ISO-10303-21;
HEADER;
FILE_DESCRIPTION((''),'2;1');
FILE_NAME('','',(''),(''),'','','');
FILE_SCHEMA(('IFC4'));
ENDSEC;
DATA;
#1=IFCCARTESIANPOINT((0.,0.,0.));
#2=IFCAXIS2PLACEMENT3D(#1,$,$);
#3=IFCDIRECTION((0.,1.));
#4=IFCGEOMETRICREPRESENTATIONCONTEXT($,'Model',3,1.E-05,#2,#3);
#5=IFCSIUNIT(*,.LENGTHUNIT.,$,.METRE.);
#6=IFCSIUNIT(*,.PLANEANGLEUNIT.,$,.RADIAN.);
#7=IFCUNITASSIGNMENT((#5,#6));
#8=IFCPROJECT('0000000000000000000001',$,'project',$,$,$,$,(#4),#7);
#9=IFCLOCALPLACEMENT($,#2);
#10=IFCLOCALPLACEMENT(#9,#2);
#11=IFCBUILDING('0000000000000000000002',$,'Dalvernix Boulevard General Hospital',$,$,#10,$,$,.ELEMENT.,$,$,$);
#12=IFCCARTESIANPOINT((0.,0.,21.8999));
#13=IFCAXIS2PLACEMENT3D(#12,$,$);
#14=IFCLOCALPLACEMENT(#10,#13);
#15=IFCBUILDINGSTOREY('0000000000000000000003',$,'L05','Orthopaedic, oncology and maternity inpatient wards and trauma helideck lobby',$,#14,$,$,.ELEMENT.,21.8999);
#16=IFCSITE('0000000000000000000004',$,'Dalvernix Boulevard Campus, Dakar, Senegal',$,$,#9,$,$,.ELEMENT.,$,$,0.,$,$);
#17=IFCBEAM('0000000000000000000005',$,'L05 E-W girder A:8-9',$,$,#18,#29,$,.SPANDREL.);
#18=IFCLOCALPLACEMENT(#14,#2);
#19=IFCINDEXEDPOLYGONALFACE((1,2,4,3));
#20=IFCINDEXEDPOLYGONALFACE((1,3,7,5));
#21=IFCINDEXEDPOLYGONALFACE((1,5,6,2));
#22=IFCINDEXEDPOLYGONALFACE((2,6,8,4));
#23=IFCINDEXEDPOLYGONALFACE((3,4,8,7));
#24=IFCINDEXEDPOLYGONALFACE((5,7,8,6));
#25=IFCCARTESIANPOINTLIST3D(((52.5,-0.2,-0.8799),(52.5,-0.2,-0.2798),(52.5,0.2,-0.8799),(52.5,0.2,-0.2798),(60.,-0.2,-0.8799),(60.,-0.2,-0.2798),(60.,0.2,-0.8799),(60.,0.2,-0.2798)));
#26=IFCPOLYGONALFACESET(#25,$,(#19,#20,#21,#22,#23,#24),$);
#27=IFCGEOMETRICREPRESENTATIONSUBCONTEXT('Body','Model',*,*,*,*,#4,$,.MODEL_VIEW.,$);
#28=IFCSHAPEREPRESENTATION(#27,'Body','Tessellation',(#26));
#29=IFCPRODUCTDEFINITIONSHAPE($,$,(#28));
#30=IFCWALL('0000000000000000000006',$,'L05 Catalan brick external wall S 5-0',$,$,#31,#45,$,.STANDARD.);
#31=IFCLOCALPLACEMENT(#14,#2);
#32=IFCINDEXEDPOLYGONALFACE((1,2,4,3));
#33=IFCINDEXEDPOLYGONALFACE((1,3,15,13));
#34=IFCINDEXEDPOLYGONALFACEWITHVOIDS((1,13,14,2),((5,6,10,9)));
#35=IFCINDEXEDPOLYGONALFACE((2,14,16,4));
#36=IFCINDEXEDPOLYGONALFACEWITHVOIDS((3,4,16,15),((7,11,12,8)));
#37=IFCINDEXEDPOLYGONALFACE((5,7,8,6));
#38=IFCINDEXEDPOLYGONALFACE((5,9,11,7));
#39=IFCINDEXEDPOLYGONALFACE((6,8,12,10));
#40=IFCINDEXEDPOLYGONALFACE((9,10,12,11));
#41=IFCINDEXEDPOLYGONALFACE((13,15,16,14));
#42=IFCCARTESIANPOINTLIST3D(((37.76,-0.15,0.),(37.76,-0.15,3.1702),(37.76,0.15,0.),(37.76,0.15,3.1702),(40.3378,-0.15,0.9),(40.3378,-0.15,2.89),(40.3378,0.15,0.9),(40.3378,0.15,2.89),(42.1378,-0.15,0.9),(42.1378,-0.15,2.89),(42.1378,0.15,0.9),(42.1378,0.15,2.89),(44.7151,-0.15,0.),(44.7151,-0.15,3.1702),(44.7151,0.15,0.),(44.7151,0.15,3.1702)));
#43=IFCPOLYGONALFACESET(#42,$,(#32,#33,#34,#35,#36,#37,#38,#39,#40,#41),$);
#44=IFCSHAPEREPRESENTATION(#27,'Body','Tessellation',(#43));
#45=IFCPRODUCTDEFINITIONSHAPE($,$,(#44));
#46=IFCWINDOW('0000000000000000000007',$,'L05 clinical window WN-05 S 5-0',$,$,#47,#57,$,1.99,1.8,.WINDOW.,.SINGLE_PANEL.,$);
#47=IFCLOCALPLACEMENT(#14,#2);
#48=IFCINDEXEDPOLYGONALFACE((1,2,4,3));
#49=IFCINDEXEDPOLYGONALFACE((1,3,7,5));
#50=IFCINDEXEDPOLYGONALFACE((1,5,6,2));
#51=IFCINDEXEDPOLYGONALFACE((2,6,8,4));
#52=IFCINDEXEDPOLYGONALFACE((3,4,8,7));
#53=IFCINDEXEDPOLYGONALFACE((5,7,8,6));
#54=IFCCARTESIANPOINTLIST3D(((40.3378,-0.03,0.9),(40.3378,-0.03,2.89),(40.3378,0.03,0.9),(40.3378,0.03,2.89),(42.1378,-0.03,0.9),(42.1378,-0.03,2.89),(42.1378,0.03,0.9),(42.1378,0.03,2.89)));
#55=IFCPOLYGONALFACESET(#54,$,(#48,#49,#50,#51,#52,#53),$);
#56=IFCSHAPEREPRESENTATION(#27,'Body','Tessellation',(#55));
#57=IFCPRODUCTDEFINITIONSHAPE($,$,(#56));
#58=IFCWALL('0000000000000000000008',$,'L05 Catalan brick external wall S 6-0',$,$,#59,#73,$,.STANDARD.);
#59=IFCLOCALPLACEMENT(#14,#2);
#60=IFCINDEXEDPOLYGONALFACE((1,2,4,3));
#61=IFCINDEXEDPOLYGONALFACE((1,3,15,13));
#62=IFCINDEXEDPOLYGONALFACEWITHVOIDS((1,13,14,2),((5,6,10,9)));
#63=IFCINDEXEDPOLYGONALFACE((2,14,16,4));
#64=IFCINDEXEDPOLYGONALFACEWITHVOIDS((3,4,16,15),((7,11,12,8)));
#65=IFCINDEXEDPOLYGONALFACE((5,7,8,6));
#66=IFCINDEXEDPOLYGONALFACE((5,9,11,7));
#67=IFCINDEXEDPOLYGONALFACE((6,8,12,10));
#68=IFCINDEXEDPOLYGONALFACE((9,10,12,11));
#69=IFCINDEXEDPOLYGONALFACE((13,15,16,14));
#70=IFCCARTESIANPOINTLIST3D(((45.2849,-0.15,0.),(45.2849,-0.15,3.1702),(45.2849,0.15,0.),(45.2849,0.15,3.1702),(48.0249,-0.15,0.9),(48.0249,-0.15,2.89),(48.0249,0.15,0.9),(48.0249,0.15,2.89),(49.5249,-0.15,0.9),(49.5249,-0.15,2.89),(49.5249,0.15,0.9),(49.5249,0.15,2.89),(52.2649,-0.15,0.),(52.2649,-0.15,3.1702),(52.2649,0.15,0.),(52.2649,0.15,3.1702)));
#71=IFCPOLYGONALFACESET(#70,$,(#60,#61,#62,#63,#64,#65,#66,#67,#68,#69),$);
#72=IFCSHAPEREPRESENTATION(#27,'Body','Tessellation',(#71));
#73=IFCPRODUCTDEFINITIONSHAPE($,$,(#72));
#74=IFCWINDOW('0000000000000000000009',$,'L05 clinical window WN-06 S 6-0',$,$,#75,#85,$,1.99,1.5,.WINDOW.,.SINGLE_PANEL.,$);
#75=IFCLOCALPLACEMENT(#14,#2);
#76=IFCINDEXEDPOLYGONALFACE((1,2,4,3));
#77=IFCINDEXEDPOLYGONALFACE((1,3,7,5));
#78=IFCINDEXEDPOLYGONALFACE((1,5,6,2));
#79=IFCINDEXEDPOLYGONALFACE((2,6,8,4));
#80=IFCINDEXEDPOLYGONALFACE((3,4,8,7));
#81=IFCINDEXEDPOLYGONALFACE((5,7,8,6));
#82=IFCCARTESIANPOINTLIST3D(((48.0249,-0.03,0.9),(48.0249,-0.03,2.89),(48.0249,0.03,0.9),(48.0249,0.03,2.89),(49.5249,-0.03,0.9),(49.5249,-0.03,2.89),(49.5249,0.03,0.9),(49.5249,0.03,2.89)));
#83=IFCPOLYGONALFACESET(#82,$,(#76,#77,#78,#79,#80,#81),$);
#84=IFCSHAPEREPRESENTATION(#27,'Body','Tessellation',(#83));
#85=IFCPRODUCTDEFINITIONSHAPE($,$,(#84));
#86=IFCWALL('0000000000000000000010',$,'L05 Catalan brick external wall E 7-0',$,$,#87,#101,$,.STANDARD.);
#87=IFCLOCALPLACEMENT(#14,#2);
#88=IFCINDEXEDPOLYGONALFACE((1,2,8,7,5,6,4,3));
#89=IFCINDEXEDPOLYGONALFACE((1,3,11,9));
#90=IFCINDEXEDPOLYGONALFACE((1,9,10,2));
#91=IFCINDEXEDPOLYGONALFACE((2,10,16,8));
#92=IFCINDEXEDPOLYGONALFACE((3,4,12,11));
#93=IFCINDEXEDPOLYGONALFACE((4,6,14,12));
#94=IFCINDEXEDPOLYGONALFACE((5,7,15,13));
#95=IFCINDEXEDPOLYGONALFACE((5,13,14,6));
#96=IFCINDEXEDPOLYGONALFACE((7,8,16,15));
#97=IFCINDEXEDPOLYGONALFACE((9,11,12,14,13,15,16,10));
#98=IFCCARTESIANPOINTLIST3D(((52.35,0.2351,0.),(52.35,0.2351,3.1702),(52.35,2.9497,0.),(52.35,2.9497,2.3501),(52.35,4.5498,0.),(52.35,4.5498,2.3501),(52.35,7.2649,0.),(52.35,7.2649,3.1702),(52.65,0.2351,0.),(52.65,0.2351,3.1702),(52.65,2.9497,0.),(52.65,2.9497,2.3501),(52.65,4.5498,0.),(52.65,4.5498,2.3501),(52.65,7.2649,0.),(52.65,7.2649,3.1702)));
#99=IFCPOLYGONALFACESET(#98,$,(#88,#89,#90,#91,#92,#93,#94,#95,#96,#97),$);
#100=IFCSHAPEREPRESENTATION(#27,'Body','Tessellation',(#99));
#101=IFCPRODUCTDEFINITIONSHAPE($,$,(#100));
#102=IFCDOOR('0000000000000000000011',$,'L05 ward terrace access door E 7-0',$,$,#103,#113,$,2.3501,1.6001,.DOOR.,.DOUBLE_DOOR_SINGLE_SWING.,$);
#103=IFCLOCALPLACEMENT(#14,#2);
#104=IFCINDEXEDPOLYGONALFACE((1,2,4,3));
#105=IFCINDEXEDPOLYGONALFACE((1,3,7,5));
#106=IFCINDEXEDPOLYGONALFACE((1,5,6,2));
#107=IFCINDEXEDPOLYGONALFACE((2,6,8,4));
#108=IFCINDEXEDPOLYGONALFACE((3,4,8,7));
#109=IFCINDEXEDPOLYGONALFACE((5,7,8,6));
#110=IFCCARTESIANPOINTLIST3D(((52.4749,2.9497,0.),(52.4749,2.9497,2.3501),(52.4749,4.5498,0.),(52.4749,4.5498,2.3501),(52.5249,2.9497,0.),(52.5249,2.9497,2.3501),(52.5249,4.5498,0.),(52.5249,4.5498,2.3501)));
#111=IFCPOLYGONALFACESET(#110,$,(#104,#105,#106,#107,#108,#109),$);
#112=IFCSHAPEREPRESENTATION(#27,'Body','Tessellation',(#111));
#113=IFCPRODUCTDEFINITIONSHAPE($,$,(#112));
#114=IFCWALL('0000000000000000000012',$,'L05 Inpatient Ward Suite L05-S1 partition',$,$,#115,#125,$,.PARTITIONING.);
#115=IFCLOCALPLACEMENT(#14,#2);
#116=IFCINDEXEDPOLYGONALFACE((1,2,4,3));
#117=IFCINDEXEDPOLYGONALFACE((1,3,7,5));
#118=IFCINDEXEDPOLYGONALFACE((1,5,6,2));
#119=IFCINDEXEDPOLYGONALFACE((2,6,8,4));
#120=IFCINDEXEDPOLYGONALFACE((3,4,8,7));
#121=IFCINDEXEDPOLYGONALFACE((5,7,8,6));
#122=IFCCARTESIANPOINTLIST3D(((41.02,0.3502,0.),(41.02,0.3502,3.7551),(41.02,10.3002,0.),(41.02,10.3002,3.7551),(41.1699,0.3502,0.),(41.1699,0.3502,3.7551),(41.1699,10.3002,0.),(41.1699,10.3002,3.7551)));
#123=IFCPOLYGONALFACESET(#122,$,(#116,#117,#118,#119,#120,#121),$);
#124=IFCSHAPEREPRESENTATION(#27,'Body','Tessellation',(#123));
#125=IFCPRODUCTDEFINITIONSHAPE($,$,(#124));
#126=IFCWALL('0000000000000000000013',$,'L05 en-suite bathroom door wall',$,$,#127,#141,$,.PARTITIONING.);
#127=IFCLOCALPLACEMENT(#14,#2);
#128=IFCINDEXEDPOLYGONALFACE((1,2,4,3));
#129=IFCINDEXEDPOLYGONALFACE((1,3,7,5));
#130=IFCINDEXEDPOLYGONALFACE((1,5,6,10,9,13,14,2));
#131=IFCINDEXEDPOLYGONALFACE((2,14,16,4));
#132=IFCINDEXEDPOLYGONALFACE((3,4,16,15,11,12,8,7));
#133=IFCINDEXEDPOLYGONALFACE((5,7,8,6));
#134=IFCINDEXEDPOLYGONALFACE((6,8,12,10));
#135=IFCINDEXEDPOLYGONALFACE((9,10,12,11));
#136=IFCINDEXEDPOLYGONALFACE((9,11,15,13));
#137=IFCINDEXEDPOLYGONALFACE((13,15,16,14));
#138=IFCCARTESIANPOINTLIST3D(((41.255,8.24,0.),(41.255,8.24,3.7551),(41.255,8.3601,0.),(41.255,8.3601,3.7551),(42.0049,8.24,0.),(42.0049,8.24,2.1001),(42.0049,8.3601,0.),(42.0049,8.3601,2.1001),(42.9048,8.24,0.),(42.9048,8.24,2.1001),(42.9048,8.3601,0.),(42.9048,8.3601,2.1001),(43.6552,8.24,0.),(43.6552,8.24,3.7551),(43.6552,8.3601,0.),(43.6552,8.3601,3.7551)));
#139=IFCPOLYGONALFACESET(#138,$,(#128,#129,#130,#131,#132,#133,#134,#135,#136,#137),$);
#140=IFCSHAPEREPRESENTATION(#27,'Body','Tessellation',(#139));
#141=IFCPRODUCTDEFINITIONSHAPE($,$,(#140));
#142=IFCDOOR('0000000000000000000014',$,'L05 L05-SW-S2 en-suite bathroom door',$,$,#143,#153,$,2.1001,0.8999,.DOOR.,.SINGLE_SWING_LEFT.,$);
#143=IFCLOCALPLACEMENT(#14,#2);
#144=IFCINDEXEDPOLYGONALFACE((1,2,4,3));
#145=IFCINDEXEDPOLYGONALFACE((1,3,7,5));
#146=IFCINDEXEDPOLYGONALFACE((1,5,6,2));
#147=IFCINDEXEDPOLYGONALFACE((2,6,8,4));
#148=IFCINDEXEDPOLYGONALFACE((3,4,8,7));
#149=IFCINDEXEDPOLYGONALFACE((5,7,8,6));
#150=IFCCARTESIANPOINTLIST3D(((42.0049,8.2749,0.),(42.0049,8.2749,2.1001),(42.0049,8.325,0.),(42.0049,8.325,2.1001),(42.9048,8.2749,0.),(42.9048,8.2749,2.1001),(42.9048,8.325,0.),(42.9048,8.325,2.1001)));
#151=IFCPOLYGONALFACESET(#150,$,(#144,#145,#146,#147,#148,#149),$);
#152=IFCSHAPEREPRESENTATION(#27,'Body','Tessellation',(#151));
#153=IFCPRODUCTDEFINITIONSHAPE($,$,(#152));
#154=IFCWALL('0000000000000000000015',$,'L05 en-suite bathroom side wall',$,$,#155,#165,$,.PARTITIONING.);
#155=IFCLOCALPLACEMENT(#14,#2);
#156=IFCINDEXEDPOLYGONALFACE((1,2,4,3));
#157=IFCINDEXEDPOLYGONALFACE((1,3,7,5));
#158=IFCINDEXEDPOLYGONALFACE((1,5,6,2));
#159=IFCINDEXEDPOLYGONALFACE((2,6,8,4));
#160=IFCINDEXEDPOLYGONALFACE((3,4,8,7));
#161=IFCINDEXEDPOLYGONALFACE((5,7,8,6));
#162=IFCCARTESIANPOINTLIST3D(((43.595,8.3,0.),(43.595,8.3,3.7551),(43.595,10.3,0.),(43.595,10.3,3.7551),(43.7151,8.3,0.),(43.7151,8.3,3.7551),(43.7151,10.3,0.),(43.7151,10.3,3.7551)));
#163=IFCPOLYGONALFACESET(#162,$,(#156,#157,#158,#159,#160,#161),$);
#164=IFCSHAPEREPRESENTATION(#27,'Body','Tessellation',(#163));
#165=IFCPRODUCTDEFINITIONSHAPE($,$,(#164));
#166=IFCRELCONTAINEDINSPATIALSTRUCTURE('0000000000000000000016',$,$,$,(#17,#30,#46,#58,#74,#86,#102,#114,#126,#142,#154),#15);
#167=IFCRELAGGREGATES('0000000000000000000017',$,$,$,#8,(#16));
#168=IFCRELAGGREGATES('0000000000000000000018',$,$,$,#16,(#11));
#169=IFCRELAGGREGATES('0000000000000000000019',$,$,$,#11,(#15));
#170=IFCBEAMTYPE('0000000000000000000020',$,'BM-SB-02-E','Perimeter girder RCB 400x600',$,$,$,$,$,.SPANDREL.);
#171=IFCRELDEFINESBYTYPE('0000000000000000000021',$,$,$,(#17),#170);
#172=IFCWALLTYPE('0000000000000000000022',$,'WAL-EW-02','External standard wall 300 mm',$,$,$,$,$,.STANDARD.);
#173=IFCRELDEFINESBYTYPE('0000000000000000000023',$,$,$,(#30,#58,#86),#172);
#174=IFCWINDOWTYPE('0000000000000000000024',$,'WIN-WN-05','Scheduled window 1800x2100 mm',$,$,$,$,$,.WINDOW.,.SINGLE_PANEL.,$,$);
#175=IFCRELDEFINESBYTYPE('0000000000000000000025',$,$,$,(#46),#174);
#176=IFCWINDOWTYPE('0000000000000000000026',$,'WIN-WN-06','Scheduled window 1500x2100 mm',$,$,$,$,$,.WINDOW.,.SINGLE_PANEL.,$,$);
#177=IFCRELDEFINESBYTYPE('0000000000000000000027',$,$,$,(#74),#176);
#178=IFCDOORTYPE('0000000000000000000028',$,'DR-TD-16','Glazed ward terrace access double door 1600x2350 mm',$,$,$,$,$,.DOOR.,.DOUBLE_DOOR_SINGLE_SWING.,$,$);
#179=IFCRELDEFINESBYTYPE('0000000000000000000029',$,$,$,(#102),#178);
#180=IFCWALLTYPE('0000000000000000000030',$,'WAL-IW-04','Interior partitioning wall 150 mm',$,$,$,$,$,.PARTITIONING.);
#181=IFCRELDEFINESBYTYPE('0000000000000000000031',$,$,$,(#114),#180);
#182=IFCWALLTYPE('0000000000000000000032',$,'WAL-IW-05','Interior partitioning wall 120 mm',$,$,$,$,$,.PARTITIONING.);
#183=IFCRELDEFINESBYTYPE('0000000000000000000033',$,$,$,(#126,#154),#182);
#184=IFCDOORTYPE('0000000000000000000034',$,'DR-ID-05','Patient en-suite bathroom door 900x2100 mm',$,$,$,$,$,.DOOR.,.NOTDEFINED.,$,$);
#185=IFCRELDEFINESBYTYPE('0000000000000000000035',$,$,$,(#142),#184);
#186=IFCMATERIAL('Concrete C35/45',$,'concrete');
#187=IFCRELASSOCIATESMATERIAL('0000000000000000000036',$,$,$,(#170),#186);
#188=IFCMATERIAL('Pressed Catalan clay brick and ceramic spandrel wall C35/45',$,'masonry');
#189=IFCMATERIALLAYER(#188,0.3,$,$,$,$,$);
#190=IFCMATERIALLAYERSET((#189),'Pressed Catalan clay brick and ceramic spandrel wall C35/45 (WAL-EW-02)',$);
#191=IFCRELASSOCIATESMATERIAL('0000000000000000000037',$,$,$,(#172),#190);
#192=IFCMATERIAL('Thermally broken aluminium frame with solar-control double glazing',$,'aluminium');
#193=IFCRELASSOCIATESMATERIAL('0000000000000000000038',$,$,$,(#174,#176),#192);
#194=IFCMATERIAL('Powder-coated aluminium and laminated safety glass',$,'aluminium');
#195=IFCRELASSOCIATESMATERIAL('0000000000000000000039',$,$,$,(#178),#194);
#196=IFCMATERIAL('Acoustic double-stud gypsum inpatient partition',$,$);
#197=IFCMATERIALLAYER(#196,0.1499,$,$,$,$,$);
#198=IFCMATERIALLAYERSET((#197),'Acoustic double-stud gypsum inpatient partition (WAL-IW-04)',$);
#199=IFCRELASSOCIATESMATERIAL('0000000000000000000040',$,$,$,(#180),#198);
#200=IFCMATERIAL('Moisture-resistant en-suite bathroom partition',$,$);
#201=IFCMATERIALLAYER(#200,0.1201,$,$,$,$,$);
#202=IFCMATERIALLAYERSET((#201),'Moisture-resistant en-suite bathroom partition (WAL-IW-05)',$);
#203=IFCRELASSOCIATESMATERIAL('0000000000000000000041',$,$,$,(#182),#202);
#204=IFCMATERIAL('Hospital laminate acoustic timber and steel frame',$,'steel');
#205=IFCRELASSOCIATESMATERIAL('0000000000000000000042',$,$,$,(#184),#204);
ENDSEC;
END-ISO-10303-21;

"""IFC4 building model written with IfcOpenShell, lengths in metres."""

from ifc_helpers import new_model, si_unit, direction, frame, frame_2d, origin, origin_2d, place, context, subcontext, project, spatial, rectangle, extrude, material, layer, layer_set, material_profile, profile_set, type_object, element, fill, save


model = new_model("IFC4")

# Units and contexts
model_context = context("Model", 3, precision=1e-05, world=origin(), true_north=direction((0.0, 1.0)))
body_context = subcontext(model_context, "Body", "Model", "MODEL_VIEW")
ifc_project = project(units=[si_unit("LENGTHUNIT", "METRE"), si_unit("PLANEANGLEUNIT", "RADIAN")], contexts=[model_context])

# Site, building, storey
site_placement = place(None, origin())
site = spatial("IfcSite", under=ifc_project, at=site_placement, Name="Dalvernix Boulevard Campus, Dakar, Senegal", CompositionType="ELEMENT", RefElevation=0.0)
building_placement = place(site_placement, origin())
building = spatial("IfcBuilding", under=site, at=building_placement, Name="Dalvernix Boulevard General Hospital", CompositionType="ELEMENT")
storey_placement = place(building_placement, frame((0.0, 0.0, 21.8999)))
storey = spatial("IfcBuildingStorey", under=building, at=storey_placement, Name="L05", Description="Orthopaedic, oncology and maternity inpatient wards and trauma helideck lobby", CompositionType="ELEMENT", Elevation=21.8999)

# Beam
ifc_material_1 = material(Name="Concrete C35/45", Category="concrete")
ifc_material_profile_1 = material_profile(ifc_material_1, rectangle(XDim=0.3999, YDim=0.6001, at=origin_2d()), Name="RCB 400x600")
ifc_profile_set_1 = profile_set([ifc_material_profile_1], Name="Concrete C35/45")
beam_type_1 = type_object("IfcBeamType", Name="BM-SB-02-E", Description="Perimeter girder RCB 400x600", PredefinedType="SPANDREL", material=ifc_profile_set_1)
for number, where, z_axis, x_axis, name in (
    (1, (52.5, 0.0, -0.5798), (1.0, 0.0, 0.0), (0.0, 1.0, 0.0), "L05 E-W girder A:8-9"),
):
    element("IfcBeam", number, at=place(storey_placement, frame(where, z_axis=z_axis, x_axis=x_axis)), inside=storey, type_object=beam_type_1, Name=name, PredefinedType="SPANDREL", context=body_context, shape_type="SweptSolid", body=[
        extrude(rectangle(XDim=0.3999, YDim=0.6001, at=origin_2d()), origin(), (0.0, 0.0, 1.0), 7.5),
    ])

# Walls, openings, windows
ifc_material_2 = material(Name="Pressed Catalan clay brick and ceramic spandrel wall C35/45", Category="masonry")
ifc_layer_1 = layer(ifc_material_2, 0.3)
ifc_layer_set_1 = layer_set([ifc_layer_1], Name="Pressed Catalan clay brick and ceramic spandrel wall C35/45 (WAL-EW-02)")
wall_type_1 = type_object("IfcWallType", Name="WAL-EW-02", Description="External standard wall 300 mm", PredefinedType="STANDARD", material=ifc_layer_set_1)
wall_1_placement = place(storey_placement, frame((44.7151, 0.0, 0.0), z_axis=(0.0, 0.0, 1.0), x_axis=(-1.0, 0.0, 0.0)))
wall_1 = element("IfcWall", 2, at=wall_1_placement, inside=storey, type_object=wall_type_1, Name="L05 Catalan brick external wall S 5-0", PredefinedType="STANDARD", context=body_context, shape_type="SweptSolid", body=[
    extrude(rectangle(XDim=6.9551, YDim=0.3, at=frame_2d((3.4775, 0.0))), origin(), (0.0, 0.0, 1.0), 3.1702),
])
opening_1_placement = place(wall_1_placement, frame((2.5774, 0.0, 0.8999)))
opening_1 = element("IfcOpeningElement", 3, at=opening_1_placement, cuts=wall_1, PredefinedType="OPENING", context=body_context, shape_type="SweptSolid", body=[
    extrude(rectangle(XDim=1.8, YDim=1.99, at=frame_2d((0.8999, 0.9951))), frame((0.0, 0.1599, 0.0), z_axis=(0.0, -1.0, 0.0), x_axis=(1.0, 0.0, 0.0)), (0.0, 0.0, 1.0), 0.3201),
])
ifc_material_3 = material(Name="Thermally broken aluminium frame with solar-control double glazing", Category="aluminium")
window_type_1 = type_object("IfcWindowType", Name="WIN-WN-05", Description="Scheduled window 1800x2100 mm", PartitioningType="SINGLE_PANEL", PredefinedType="WINDOW", material=ifc_material_3)
window_1_placement = place(opening_1_placement, origin())
window_1 = element("IfcWindow", 4, at=window_1_placement, inside=storey, type_object=window_type_1, Name="L05 clinical window WN-05 S 5-0", OverallHeight=1.99, OverallWidth=1.8, PartitioningType="SINGLE_PANEL", PredefinedType="WINDOW", context=body_context, shape_type="SweptSolid", body=[
    extrude(rectangle(XDim=1.8, YDim=1.99, at=frame_2d((0.8999, 0.9951))), frame((0.0, 0.03, 0.0), z_axis=(0.0, -1.0, 0.0), x_axis=(1.0, 0.0, 0.0)), (0.0, 0.0, 1.0), 0.0601),
])
fill(opening_1, window_1)
wall_2_placement = place(storey_placement, frame((52.2649, 0.0, 0.0), z_axis=(0.0, 0.0, 1.0), x_axis=(-1.0, 0.0, 0.0)))
wall_2 = element("IfcWall", 5, at=wall_2_placement, inside=storey, type_object=wall_type_1, Name="L05 Catalan brick external wall S 6-0", PredefinedType="STANDARD", context=body_context, shape_type="SweptSolid", body=[
    extrude(rectangle(XDim=6.98, YDim=0.3, at=frame_2d((3.49, 0.0))), origin(), (0.0, 0.0, 1.0), 3.1702),
])
opening_2_placement = place(wall_2_placement, frame((2.74, 0.0, 0.8999)))
opening_2 = element("IfcOpeningElement", 6, at=opening_2_placement, cuts=wall_2, PredefinedType="OPENING", context=body_context, shape_type="SweptSolid", body=[
    extrude(rectangle(XDim=1.5, YDim=1.99, at=frame_2d((0.75, 0.9951))), frame((0.0, 0.1599, 0.0), z_axis=(0.0, -1.0, 0.0), x_axis=(1.0, 0.0, 0.0)), (0.0, 0.0, 1.0), 0.3201),
])
window_type_2 = type_object("IfcWindowType", Name="WIN-WN-06", Description="Scheduled window 1500x2100 mm", PartitioningType="SINGLE_PANEL", PredefinedType="WINDOW", material=ifc_material_3)
window_2_placement = place(opening_2_placement, origin())
window_2 = element("IfcWindow", 7, at=window_2_placement, inside=storey, type_object=window_type_2, Name="L05 clinical window WN-06 S 6-0", OverallHeight=1.99, OverallWidth=1.5, PartitioningType="SINGLE_PANEL", PredefinedType="WINDOW", context=body_context, shape_type="SweptSolid", body=[
    extrude(rectangle(XDim=1.5, YDim=1.99, at=frame_2d((0.75, 0.9951))), frame((0.0, 0.03, 0.0), z_axis=(0.0, -1.0, 0.0), x_axis=(1.0, 0.0, 0.0)), (0.0, 0.0, 1.0), 0.0601),
])
fill(opening_2, window_2)

# Wall, opening, door
wall_3_placement = place(storey_placement, frame((52.5, 7.2649, 0.0), z_axis=(0.0, 0.0, 1.0), x_axis=(0.0, -1.0, 0.0)))
wall_3 = element("IfcWall", 8, at=wall_3_placement, inside=storey, type_object=wall_type_1, Name="L05 Catalan brick external wall E 7-0", PredefinedType="STANDARD", context=body_context, shape_type="SweptSolid", body=[
    extrude(rectangle(XDim=7.0298, YDim=0.3, at=frame_2d((3.5149, 0.0))), origin(), (0.0, 0.0, 1.0), 3.1702),
])
opening_3_placement = place(wall_3_placement, frame((2.7151, 0.0, 0.0)))
opening_3 = element("IfcOpeningElement", 9, at=opening_3_placement, cuts=wall_3, PredefinedType="OPENING", context=body_context, shape_type="SweptSolid", body=[
    extrude(rectangle(XDim=1.6001, YDim=2.3501, at=frame_2d((0.8, 1.175))), frame((0.0, 0.1599, 0.0), z_axis=(0.0, -1.0, 0.0), x_axis=(1.0, 0.0, 0.0)), (0.0, 0.0, 1.0), 0.3201),
])
ifc_material_4 = material(Name="Powder-coated aluminium and laminated safety glass", Category="aluminium")
door_type_1 = type_object("IfcDoorType", Name="DR-TD-16", Description="Glazed ward terrace access double door 1600x2350 mm", OperationType="DOUBLE_DOOR_SINGLE_SWING", PredefinedType="DOOR", material=ifc_material_4)
door_1_placement = place(opening_3_placement, origin())
door_1 = element("IfcDoor", 10, at=door_1_placement, inside=storey, type_object=door_type_1, Name="L05 ward terrace access door E 7-0", OperationType="DOUBLE_DOOR_SINGLE_SWING", OverallHeight=2.3501, OverallWidth=1.6001, PredefinedType="DOOR", context=body_context, shape_type="SweptSolid", body=[
    extrude(rectangle(XDim=1.6001, YDim=2.3501, at=frame_2d((0.8, 1.175))), frame((0.0, 0.0249, 0.0), z_axis=(0.0, -1.0, 0.0), x_axis=(1.0, 0.0, 0.0)), (0.0, 0.0, 1.0), 0.05),
])
fill(opening_3, door_1)

# Wall
ifc_material_5 = material(Name="Acoustic double-stud gypsum inpatient partition")
ifc_layer_2 = layer(ifc_material_5, 0.1499)
ifc_layer_set_2 = layer_set([ifc_layer_2], Name="Acoustic double-stud gypsum inpatient partition (WAL-IW-04)")
wall_type_2 = type_object("IfcWallType", Name="WAL-IW-04", Description="Interior partitioning wall 150 mm", PredefinedType="PARTITIONING", material=ifc_layer_set_2)
wall_4_placement = place(storey_placement, frame((41.095, 0.3501, 0.0), z_axis=(0.0, 0.0, 1.0), x_axis=(0.0, 1.0, 0.0)))
element("IfcWall", 11, at=wall_4_placement, inside=storey, type_object=wall_type_2, Name="L05 Inpatient Ward Suite L05-S1 partition", PredefinedType="PARTITIONING", context=body_context, shape_type="SweptSolid", body=[
    extrude(rectangle(XDim=9.95, YDim=0.1499, at=frame_2d((4.9751, 0.0))), origin(), (0.0, 0.0, 1.0), 3.7551),
])

# Wall, opening, door
ifc_material_6 = material(Name="Moisture-resistant en-suite bathroom partition")
ifc_layer_3 = layer(ifc_material_6, 0.1201)
ifc_layer_set_3 = layer_set([ifc_layer_3], Name="Moisture-resistant en-suite bathroom partition (WAL-IW-05)")
wall_type_3 = type_object("IfcWallType", Name="WAL-IW-05", Description="Interior partitioning wall 120 mm", PredefinedType="PARTITIONING", material=ifc_layer_set_3)
wall_5_placement = place(storey_placement, frame((41.2549, 8.3, 0.0), z_axis=(0.0, 0.0, 1.0), x_axis=(1.0, 0.0, 0.0)))
wall_5 = element("IfcWall", 12, at=wall_5_placement, inside=storey, type_object=wall_type_3, Name="L05 en-suite bathroom door wall", PredefinedType="PARTITIONING", context=body_context, shape_type="SweptSolid", body=[
    extrude(rectangle(XDim=2.4001, YDim=0.1201, at=frame_2d((1.2002, 0.0))), origin(), (0.0, 0.0, 1.0), 3.7551),
])
opening_4_placement = place(wall_5_placement, frame((0.75, 0.0, 0.0)))
opening_4 = element("IfcOpeningElement", 13, at=opening_4_placement, cuts=wall_5, PredefinedType="OPENING", context=body_context, shape_type="SweptSolid", body=[
    extrude(rectangle(XDim=0.8999, YDim=2.1001, at=frame_2d((0.45, 1.05))), frame((0.0, 0.0701, 0.0), z_axis=(0.0, -1.0, 0.0), x_axis=(1.0, 0.0, 0.0)), (0.0, 0.0, 1.0), 0.1401),
])
ifc_material_7 = material(Name="Hospital laminate acoustic timber and steel frame", Category="steel")
door_type_2 = type_object("IfcDoorType", Name="DR-ID-05", Description="Patient en-suite bathroom door 900x2100 mm", OperationType="NOTDEFINED", PredefinedType="DOOR", material=ifc_material_7)
door_2_placement = place(opening_4_placement, origin())
door_2 = element("IfcDoor", 14, at=door_2_placement, inside=storey, type_object=door_type_2, Name="L05 L05-SW-S2 en-suite bathroom door", OperationType="SINGLE_SWING_LEFT", OverallHeight=2.1001, OverallWidth=0.8999, PredefinedType="DOOR", context=body_context, shape_type="SweptSolid", body=[
    extrude(rectangle(XDim=0.8999, YDim=2.1001, at=frame_2d((0.45, 1.05))), frame((0.0, 0.0249, 0.0), z_axis=(0.0, -1.0, 0.0), x_axis=(1.0, 0.0, 0.0)), (0.0, 0.0, 1.0), 0.05),
])
fill(opening_4, door_2)

# Wall
wall_6_placement = place(storey_placement, frame((43.655, 8.3, 0.0), z_axis=(0.0, 0.0, 1.0), x_axis=(0.0, 1.0, 0.0)))
element("IfcWall", 15, at=wall_6_placement, inside=storey, type_object=wall_type_3, Name="L05 en-suite bathroom side wall", PredefinedType="PARTITIONING", context=body_context, shape_type="SweptSolid", body=[
    extrude(rectangle(XDim=2.0, YDim=0.1201, at=frame_2d((1.0, 0.0))), origin(), (0.0, 0.0, 1.0), 3.7551),
])

save(model, "model.ifc")
